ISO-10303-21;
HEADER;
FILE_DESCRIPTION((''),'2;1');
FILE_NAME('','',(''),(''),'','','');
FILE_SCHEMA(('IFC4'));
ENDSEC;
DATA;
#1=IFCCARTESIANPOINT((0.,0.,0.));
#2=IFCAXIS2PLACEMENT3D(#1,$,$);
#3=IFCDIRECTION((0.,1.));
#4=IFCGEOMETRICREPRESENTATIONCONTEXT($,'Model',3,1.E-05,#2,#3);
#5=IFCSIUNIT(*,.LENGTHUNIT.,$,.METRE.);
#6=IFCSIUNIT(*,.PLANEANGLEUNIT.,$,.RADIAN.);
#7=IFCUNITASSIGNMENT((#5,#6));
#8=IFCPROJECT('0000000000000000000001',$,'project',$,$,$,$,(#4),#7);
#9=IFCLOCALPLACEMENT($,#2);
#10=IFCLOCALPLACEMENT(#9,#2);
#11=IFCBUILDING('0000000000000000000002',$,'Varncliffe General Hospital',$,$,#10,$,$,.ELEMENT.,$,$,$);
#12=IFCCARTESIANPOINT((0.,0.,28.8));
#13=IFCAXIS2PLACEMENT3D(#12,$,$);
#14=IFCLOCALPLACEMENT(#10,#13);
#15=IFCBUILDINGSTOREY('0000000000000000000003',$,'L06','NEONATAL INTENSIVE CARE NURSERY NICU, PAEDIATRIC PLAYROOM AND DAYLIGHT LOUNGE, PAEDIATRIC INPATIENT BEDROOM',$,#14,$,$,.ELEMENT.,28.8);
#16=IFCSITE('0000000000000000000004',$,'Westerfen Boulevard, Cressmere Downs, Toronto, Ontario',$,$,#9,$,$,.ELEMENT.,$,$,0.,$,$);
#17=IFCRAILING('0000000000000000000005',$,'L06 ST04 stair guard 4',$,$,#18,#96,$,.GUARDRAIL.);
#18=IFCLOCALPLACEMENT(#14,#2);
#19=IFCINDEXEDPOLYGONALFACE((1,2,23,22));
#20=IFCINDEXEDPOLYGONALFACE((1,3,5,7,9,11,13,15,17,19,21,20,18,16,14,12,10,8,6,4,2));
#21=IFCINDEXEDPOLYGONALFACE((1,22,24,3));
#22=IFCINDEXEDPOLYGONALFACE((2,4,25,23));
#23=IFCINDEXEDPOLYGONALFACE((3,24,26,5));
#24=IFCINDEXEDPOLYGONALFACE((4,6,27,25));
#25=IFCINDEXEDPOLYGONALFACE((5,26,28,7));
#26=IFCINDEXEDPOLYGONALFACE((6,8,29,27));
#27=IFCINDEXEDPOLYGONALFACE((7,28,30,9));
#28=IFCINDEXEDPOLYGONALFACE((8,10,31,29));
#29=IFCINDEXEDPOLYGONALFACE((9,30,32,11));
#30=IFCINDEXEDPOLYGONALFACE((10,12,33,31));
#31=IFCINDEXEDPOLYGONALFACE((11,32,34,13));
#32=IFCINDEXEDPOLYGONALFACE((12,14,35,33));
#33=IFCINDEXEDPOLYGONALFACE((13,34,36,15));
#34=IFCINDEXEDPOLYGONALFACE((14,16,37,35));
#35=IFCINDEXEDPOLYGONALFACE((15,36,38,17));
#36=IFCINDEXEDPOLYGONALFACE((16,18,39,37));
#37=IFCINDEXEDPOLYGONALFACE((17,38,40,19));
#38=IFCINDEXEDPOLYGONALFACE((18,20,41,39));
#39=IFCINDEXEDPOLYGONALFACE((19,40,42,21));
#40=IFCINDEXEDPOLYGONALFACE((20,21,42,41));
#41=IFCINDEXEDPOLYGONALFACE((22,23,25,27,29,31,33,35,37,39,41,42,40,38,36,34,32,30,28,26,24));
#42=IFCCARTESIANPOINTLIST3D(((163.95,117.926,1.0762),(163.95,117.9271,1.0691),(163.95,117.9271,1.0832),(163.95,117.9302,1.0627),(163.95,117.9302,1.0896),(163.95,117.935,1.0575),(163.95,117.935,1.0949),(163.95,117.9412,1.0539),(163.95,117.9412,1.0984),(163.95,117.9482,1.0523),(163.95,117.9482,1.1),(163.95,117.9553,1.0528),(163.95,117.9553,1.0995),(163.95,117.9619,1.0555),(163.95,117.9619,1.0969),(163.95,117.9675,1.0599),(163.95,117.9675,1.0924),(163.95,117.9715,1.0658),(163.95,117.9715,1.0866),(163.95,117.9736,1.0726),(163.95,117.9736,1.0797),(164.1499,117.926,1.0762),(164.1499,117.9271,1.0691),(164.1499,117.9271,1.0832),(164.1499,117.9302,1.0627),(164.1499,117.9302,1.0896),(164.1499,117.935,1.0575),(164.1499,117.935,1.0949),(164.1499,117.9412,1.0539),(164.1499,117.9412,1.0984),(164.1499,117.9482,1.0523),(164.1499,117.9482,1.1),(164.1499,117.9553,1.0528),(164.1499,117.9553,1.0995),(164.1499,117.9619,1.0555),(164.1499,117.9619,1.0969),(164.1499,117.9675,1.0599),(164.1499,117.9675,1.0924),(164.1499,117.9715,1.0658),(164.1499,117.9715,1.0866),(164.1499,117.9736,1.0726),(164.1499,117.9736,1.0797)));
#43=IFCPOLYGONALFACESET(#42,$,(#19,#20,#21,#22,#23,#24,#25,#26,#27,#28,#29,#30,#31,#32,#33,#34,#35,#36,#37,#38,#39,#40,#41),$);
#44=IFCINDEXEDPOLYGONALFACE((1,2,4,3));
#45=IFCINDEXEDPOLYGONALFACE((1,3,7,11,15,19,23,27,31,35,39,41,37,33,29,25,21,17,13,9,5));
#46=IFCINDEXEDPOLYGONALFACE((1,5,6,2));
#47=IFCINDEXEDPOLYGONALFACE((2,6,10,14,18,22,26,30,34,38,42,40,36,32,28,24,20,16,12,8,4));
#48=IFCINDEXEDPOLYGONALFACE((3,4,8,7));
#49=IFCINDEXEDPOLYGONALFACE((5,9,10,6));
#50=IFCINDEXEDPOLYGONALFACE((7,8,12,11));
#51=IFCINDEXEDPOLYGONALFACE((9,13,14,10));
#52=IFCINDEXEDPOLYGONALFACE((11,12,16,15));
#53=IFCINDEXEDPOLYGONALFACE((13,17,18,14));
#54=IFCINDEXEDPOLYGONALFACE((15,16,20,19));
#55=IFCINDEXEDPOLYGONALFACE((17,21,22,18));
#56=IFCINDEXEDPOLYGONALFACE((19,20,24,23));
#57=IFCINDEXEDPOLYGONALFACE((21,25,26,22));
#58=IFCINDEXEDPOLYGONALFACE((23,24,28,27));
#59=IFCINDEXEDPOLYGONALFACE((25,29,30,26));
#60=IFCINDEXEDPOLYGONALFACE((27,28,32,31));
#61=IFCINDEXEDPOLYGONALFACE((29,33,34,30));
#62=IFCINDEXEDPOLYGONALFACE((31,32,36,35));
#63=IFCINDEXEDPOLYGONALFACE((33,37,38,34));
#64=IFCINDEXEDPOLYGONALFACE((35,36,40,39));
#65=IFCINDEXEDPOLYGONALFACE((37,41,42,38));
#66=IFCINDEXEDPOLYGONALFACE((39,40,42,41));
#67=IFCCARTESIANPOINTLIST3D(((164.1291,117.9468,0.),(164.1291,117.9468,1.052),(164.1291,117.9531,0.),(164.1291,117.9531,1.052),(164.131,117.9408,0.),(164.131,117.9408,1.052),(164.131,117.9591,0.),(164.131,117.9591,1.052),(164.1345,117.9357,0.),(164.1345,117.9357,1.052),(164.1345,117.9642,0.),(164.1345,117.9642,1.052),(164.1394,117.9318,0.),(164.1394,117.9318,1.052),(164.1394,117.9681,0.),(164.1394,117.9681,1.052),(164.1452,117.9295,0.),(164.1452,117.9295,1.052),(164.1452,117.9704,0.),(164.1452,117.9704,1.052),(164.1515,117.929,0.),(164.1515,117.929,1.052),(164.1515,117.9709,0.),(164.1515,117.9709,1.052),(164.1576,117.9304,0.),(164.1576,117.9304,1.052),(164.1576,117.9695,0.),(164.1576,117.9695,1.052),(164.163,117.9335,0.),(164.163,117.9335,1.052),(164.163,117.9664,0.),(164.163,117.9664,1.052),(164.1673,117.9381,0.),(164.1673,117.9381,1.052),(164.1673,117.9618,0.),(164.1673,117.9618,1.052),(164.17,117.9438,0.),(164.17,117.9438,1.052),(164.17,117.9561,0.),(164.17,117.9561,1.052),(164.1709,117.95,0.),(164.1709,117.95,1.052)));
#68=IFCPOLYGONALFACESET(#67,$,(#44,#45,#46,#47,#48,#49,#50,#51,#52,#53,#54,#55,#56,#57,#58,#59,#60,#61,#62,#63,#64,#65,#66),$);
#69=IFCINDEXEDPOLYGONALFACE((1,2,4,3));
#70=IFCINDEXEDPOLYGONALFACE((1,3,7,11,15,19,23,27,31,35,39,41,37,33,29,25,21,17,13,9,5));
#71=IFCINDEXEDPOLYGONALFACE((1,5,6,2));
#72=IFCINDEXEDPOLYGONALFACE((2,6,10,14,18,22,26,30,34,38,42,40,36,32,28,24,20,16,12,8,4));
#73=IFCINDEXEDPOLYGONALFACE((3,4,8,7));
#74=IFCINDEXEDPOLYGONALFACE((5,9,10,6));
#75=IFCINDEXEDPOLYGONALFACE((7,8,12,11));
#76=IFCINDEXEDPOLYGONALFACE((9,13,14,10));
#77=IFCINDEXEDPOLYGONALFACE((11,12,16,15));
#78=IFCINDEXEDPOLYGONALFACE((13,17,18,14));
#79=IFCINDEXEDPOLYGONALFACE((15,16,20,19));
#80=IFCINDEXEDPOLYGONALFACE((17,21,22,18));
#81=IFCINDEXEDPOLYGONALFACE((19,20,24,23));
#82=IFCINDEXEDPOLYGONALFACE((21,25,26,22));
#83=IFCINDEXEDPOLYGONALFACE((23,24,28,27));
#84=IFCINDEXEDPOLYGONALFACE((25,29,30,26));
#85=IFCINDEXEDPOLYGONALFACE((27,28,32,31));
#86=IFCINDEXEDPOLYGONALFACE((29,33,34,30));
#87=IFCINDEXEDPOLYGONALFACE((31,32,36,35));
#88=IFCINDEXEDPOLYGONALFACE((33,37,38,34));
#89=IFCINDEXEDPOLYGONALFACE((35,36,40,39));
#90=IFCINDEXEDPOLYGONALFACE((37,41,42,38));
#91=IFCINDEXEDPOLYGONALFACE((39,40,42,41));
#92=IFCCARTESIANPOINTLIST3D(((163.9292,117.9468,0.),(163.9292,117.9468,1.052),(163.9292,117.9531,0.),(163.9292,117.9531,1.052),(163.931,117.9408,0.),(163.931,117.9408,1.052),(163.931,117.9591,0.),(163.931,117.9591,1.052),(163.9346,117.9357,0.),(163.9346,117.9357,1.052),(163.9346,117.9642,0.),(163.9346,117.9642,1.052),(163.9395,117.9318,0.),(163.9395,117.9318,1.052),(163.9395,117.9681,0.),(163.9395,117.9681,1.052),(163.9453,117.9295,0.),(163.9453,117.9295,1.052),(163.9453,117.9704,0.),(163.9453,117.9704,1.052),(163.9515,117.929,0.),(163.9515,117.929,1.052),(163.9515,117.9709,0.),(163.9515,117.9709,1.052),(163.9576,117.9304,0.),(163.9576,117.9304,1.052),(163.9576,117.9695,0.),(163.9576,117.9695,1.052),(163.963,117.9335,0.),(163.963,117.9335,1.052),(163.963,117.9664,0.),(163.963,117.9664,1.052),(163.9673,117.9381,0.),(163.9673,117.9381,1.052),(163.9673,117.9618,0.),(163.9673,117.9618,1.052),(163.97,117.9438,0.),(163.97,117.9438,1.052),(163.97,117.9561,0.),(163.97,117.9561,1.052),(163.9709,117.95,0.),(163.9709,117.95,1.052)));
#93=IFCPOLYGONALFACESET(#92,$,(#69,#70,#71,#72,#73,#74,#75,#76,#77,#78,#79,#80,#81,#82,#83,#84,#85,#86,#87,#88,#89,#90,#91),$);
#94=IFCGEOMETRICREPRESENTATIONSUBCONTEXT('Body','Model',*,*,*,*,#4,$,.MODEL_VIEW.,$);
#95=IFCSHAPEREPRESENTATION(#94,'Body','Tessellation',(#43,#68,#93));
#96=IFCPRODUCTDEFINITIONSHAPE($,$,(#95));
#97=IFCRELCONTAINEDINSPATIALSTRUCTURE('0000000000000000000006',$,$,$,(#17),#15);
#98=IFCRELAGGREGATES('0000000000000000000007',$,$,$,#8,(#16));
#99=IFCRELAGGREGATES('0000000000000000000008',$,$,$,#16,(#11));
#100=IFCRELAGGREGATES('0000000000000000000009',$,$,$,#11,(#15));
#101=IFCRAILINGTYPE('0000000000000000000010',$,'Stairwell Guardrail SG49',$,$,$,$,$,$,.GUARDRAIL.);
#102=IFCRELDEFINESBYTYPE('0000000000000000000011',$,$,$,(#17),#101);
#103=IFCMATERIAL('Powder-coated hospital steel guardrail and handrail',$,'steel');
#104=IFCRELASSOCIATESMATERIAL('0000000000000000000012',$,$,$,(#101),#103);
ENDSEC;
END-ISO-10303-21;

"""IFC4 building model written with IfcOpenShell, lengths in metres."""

from ifc_helpers import new_model, si_unit, direction, frame, origin, origin_2d, place, context, subcontext, project, spatial, circle, extrude, material, type_object, element, save


model = new_model("IFC4")

# Units and contexts
model_context = context("Model", 3, precision=1e-05, world=origin(), true_north=direction((0.0, 1.0)))
body_context = subcontext(model_context, "Body", "Model", "MODEL_VIEW")
ifc_project = project(units=[si_unit("LENGTHUNIT", "METRE"), si_unit("PLANEANGLEUNIT", "RADIAN")], contexts=[model_context])

# Site, building, storey
site_placement = place(None, origin())
site = spatial("IfcSite", under=ifc_project, at=site_placement, Name="Westerfen Boulevard, Cressmere Downs, Toronto, Ontario", CompositionType="ELEMENT", RefElevation=0.0)
building_placement = place(site_placement, origin())
building = spatial("IfcBuilding", under=site, at=building_placement, Name="Varncliffe General Hospital", CompositionType="ELEMENT")
storey_placement = place(building_placement, frame((0.0, 0.0, 28.8)))
storey = spatial("IfcBuildingStorey", under=building, at=storey_placement, Name="L06", Description="NEONATAL INTENSIVE CARE NURSERY NICU, PAEDIATRIC PLAYROOM AND DAYLIGHT LOUNGE, PAEDIATRIC INPATIENT BEDROOM", CompositionType="ELEMENT", Elevation=28.8)

# Railing
ifc_material_1 = material(Name="Powder-coated hospital steel guardrail and handrail", Category="steel")
railing_type_1 = type_object("IfcRailingType", Name="Stairwell Guardrail SG49", PredefinedType="GUARDRAIL", material=ifc_material_1)
railing_1_placement = place(storey_placement, frame((164.1499, 117.95, 0.0)))
element("IfcRailing", 1, at=railing_1_placement, inside=storey, type_object=railing_type_1, Name="L06 ST04 stair guard 4", PredefinedType="GUARDRAIL", context=body_context, shape_type="SweptSolid", body=[
    extrude(circle(Radius=0.0239, at=origin_2d()), frame((0.0, 0.0, 1.0762), z_axis=(-1.0, 0.0, 0.0), x_axis=(0.0, -1.0, 0.0)), (0.0, 0.0, 1.0), 0.2),
    extrude(circle(Radius=0.021, at=origin_2d()), origin(), (0.0, 0.0, 1.0), 1.052),
    extrude(circle(Radius=0.021, at=origin_2d()), frame((-0.2, 0.0, 0.0)), (0.0, 0.0, 1.0), 1.052),
])

save(model, "model.ifc")
